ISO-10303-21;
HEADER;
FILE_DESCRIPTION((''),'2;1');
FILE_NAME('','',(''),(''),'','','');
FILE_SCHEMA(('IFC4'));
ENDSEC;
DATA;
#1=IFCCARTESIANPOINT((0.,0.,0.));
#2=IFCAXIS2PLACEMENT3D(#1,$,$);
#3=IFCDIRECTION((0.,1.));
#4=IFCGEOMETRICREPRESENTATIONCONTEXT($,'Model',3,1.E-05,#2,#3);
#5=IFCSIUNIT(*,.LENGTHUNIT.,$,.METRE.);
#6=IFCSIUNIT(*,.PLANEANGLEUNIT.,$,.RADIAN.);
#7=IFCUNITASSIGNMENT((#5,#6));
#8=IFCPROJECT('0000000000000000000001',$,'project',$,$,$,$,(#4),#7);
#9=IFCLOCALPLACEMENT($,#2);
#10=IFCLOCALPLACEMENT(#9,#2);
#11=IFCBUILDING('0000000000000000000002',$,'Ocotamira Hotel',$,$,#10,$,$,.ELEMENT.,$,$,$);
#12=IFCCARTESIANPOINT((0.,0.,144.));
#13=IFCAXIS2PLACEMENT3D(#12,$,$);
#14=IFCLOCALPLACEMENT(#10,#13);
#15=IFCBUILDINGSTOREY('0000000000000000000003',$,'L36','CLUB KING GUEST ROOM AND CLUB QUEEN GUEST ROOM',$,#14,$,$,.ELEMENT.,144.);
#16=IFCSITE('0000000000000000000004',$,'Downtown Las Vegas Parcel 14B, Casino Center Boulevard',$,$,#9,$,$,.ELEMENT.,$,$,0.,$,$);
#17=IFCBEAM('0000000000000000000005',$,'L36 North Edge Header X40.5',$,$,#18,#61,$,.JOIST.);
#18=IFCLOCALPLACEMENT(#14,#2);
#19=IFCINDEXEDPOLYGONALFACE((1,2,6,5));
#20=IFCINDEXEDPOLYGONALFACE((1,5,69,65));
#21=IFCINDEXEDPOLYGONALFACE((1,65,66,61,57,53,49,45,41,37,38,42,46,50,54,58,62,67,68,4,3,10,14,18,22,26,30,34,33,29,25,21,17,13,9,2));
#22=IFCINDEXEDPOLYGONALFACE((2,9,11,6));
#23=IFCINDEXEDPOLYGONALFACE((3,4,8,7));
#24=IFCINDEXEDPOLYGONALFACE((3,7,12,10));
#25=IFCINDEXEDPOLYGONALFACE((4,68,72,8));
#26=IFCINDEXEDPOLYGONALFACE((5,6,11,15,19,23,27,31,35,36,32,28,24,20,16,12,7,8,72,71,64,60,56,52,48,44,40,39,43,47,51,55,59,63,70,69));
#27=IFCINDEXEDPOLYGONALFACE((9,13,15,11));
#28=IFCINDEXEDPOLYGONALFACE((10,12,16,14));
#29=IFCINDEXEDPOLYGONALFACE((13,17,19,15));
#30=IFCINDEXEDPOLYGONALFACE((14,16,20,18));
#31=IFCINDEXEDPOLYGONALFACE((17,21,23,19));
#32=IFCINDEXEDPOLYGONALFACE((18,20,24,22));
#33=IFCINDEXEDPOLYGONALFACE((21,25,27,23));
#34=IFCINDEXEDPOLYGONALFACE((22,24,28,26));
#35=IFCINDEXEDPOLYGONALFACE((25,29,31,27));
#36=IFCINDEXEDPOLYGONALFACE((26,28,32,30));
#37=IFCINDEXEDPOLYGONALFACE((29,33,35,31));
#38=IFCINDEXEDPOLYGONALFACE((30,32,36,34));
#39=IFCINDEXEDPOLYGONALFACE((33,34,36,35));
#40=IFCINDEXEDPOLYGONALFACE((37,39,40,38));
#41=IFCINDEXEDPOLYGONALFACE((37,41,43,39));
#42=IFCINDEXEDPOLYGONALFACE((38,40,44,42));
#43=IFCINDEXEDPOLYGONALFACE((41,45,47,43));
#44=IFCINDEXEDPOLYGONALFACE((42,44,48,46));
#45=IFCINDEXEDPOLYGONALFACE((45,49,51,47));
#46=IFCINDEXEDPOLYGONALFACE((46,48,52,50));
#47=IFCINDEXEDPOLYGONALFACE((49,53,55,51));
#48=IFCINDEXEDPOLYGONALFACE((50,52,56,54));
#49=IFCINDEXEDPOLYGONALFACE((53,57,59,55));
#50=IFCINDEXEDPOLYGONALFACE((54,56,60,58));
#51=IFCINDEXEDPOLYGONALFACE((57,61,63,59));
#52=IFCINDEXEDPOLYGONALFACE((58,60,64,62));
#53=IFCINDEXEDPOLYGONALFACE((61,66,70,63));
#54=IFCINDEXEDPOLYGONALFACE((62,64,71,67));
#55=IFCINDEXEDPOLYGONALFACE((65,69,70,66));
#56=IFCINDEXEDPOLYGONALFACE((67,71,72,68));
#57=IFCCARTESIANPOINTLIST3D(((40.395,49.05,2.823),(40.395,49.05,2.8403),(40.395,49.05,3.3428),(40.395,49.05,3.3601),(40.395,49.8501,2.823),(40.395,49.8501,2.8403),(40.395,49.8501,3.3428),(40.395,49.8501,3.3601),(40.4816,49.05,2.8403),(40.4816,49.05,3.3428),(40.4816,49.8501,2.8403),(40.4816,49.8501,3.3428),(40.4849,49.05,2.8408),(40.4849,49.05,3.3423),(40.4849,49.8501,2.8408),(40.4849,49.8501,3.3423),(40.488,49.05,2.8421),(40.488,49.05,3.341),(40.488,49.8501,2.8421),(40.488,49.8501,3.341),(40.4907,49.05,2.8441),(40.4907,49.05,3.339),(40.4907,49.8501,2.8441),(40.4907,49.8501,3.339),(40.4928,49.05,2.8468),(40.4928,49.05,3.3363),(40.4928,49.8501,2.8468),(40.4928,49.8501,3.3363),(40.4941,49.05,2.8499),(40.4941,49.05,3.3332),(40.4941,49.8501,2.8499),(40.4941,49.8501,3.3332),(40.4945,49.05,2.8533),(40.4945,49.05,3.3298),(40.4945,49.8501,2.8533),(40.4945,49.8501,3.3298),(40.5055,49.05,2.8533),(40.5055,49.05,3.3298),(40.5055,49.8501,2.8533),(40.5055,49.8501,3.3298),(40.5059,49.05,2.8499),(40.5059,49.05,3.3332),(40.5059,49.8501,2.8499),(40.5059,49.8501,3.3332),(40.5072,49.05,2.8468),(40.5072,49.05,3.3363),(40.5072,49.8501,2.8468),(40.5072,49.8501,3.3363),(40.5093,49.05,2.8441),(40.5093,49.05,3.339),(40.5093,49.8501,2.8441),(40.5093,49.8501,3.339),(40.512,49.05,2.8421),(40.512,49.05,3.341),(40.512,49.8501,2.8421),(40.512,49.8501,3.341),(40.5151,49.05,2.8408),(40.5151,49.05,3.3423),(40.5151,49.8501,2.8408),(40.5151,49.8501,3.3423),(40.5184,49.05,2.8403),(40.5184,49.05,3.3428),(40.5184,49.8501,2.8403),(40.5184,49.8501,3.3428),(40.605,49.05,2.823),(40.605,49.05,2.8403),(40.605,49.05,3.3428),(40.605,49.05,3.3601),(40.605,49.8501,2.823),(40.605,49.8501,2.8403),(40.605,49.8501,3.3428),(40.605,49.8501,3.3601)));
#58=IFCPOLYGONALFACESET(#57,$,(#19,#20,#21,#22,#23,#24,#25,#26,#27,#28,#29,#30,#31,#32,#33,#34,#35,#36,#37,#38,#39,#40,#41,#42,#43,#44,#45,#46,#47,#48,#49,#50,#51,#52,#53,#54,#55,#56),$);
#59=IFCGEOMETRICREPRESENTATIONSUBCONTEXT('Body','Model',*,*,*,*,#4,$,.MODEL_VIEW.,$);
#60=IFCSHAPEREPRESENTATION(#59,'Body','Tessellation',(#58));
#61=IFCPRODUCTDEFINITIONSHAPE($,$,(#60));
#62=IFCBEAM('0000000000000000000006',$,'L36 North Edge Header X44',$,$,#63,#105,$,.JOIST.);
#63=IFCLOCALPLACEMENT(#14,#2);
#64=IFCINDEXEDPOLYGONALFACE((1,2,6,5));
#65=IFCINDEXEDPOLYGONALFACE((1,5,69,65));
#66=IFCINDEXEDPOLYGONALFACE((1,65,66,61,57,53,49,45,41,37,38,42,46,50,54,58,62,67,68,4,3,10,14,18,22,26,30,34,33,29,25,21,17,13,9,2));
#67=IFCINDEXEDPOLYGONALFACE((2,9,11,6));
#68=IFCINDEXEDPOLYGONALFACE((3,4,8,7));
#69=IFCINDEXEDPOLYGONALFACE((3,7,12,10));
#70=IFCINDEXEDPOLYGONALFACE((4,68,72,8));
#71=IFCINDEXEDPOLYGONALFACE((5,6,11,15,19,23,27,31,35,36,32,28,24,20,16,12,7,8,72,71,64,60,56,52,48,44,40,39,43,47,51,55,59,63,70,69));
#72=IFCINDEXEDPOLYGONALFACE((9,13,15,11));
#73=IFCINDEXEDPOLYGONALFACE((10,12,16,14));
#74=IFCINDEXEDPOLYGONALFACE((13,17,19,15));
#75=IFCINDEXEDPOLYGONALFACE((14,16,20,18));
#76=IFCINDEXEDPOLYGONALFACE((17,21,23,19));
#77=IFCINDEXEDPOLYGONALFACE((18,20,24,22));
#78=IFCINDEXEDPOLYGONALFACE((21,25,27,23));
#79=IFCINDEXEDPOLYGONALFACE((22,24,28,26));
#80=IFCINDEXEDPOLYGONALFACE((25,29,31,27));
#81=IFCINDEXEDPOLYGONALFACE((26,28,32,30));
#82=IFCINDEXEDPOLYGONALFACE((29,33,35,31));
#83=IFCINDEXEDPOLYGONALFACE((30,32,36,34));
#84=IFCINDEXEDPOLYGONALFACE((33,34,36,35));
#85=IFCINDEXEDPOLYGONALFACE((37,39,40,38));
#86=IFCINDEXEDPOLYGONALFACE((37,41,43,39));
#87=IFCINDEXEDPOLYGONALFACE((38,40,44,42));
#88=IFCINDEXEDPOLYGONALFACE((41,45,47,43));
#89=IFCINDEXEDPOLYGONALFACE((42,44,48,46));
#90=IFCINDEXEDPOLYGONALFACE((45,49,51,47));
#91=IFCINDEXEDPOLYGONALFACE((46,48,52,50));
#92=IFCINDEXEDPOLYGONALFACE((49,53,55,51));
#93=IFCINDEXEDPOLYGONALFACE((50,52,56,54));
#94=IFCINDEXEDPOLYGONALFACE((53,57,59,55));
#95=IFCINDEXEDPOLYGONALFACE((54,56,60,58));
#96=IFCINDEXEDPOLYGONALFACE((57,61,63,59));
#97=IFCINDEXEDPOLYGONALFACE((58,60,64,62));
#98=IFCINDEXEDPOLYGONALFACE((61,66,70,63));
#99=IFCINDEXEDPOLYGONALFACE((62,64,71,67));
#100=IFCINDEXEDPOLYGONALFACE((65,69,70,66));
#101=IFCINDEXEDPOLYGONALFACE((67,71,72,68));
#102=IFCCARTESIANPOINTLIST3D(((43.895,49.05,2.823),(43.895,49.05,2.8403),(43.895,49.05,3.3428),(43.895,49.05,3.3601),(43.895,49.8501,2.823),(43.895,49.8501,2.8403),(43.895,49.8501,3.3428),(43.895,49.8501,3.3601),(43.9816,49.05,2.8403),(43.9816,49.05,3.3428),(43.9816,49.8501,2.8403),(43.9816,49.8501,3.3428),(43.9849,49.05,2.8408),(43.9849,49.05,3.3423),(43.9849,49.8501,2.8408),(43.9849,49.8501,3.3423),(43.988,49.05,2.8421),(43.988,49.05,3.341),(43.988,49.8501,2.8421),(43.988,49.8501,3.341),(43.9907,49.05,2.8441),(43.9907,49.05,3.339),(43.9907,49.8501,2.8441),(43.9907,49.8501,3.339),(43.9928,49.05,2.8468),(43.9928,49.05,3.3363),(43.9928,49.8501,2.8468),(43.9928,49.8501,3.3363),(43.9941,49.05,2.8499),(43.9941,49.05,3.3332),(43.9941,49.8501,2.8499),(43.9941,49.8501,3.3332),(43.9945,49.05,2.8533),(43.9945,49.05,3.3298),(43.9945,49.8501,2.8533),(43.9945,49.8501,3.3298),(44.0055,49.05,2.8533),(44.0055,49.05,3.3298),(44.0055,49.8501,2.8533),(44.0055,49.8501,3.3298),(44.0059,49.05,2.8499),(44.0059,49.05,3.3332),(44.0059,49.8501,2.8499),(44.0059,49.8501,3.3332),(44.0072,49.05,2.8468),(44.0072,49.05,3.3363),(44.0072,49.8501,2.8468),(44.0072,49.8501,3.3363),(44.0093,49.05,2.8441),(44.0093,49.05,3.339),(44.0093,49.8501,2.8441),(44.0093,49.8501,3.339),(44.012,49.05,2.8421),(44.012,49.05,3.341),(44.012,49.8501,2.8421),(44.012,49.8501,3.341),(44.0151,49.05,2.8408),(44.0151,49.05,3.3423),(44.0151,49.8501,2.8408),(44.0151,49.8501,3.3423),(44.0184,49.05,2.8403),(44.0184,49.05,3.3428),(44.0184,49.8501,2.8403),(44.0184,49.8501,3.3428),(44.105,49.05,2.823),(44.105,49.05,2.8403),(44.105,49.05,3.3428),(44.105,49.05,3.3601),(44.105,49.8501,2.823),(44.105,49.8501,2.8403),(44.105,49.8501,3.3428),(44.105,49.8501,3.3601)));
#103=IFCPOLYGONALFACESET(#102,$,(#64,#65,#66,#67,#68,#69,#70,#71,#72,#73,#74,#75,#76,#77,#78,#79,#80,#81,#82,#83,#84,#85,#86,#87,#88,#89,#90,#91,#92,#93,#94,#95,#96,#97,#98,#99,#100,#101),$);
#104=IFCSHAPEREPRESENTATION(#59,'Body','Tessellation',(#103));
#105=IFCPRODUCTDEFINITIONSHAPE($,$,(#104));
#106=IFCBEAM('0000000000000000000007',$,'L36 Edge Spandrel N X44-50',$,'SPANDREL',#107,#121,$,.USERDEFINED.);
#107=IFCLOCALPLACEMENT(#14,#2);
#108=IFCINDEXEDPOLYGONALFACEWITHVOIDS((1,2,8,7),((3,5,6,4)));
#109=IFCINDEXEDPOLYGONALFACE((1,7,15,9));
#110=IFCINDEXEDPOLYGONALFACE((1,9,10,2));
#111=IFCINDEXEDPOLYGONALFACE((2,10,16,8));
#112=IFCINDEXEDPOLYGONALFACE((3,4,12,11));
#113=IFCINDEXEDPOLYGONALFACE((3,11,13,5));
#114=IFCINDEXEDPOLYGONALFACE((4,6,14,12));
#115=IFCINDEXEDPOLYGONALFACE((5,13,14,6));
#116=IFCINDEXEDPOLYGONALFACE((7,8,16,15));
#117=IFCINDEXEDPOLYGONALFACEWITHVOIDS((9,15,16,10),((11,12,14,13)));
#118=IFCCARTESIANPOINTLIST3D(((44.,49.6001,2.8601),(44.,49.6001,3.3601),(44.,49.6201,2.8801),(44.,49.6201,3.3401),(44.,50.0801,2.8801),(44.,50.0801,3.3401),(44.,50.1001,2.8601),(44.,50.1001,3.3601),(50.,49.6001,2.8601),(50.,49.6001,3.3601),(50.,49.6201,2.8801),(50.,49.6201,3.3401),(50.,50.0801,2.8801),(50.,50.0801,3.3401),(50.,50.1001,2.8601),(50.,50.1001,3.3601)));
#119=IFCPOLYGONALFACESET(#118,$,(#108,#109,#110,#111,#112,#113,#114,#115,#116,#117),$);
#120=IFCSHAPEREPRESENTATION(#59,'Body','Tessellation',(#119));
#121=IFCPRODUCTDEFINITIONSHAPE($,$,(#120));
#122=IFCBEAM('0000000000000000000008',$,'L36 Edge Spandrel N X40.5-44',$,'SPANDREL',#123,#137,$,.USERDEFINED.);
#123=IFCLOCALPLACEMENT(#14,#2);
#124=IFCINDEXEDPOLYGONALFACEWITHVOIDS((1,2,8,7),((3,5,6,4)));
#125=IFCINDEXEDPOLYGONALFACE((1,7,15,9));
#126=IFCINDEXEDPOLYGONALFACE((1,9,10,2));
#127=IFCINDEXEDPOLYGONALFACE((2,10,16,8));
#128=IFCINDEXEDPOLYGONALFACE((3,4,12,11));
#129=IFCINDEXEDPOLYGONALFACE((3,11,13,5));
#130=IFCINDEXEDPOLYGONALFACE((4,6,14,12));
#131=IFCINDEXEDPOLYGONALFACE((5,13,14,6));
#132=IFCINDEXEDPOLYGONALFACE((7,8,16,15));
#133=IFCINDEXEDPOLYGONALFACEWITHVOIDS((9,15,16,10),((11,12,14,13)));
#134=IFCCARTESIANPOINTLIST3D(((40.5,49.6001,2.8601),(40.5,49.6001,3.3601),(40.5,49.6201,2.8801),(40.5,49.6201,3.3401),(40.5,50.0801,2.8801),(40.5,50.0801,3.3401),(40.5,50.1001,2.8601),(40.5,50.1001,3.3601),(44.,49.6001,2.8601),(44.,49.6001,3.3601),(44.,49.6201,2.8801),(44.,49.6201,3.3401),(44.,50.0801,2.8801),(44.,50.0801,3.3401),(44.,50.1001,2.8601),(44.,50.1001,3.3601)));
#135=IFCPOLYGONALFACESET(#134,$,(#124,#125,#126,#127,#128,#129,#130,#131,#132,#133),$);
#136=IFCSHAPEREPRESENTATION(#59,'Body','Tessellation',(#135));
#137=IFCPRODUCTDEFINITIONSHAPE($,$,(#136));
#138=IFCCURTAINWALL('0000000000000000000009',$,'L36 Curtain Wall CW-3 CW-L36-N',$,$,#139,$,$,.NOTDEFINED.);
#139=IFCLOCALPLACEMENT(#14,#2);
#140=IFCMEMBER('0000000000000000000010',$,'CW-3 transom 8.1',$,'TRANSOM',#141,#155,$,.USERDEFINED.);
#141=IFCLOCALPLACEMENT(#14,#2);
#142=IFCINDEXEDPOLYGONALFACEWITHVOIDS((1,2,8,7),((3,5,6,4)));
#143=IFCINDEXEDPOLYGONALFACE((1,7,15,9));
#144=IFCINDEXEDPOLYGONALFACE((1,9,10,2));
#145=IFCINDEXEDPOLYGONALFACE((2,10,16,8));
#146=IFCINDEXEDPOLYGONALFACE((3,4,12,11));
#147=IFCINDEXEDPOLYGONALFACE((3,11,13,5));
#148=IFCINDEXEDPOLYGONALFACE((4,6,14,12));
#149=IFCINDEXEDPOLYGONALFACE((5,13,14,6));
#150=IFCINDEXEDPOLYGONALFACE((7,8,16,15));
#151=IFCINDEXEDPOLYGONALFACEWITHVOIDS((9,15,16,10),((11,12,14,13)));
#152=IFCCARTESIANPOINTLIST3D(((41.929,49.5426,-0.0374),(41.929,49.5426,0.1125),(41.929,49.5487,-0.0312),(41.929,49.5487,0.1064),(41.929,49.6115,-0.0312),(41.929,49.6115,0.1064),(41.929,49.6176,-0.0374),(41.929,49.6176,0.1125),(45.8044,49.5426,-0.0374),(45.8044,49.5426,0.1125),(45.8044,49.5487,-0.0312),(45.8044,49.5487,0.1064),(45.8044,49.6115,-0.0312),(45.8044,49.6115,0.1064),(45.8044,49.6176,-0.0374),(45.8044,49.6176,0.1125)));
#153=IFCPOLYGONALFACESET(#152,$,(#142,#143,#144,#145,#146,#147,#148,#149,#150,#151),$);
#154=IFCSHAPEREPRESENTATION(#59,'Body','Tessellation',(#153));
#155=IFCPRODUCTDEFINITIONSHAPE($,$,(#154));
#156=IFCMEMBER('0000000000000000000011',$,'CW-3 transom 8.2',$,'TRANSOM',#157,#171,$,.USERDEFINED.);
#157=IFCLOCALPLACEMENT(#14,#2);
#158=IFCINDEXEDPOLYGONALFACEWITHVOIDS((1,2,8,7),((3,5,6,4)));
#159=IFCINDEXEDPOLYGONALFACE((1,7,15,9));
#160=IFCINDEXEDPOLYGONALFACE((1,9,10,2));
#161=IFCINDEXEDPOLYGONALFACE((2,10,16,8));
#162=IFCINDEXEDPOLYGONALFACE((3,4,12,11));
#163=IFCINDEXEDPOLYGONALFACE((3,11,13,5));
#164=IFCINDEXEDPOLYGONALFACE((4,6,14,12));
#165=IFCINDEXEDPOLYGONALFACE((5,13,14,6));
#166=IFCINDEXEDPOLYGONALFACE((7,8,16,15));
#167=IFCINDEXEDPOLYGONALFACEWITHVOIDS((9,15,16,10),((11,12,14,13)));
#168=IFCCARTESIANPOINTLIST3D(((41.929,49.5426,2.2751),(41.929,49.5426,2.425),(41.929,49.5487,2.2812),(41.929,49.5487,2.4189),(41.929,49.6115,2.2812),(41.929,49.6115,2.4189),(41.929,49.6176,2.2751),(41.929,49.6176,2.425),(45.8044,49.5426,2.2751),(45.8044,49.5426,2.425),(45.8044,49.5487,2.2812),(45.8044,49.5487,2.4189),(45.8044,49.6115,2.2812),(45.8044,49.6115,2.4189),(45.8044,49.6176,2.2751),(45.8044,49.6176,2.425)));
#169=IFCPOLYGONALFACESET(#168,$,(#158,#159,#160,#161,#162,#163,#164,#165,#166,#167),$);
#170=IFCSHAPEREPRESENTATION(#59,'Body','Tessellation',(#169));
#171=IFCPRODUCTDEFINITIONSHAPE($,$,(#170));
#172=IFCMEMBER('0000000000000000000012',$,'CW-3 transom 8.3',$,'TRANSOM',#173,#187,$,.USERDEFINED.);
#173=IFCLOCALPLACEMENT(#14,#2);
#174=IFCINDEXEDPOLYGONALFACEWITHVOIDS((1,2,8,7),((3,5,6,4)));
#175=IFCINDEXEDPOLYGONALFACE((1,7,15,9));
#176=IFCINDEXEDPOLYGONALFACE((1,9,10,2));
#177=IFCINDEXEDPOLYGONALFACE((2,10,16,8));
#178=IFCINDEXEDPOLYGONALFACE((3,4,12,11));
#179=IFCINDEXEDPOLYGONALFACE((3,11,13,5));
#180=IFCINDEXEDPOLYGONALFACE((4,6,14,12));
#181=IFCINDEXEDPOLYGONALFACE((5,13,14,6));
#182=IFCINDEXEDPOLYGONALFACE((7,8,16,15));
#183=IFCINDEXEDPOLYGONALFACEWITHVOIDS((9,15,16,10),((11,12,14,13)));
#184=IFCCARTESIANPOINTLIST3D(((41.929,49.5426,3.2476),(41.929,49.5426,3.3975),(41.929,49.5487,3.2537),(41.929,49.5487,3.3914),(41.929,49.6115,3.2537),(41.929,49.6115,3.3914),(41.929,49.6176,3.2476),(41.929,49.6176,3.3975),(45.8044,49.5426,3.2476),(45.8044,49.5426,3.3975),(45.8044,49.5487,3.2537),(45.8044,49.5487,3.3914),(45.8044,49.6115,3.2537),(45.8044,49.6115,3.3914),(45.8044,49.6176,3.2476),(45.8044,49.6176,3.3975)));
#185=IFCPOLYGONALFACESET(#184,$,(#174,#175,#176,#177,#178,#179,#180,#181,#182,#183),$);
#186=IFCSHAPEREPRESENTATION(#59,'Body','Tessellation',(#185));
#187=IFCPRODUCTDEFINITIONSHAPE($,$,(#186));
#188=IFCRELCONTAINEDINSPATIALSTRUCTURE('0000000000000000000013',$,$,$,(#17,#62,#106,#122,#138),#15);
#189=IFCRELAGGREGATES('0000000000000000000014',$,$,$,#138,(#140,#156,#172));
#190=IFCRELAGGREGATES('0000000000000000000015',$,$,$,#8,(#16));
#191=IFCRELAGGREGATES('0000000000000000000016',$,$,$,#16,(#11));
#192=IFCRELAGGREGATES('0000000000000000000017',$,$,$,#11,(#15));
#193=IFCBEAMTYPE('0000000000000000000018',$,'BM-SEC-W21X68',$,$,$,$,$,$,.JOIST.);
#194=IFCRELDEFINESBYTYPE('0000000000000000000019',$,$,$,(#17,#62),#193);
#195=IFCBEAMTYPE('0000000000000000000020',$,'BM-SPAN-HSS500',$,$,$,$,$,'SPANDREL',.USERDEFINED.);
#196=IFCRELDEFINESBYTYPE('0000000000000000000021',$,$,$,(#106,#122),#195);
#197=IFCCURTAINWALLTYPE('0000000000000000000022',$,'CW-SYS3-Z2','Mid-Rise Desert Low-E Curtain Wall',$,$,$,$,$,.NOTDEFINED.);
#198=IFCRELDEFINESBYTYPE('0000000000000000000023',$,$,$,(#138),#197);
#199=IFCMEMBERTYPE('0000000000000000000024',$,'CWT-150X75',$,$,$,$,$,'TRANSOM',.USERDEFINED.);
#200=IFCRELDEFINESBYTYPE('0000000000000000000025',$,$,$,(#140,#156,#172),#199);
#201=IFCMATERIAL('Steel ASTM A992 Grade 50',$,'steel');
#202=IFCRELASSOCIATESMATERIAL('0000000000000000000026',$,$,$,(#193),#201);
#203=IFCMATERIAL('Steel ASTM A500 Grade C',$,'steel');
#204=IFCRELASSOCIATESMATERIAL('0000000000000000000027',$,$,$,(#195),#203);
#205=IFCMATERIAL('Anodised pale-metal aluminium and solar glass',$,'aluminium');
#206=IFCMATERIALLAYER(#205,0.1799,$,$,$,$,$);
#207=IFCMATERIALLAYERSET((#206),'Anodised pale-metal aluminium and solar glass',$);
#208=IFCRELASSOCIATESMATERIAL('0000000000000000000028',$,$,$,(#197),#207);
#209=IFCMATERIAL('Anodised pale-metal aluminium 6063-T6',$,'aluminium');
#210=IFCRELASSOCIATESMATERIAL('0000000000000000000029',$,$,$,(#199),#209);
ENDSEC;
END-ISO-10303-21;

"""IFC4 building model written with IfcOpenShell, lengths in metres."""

from ifc_helpers import new_model, si_unit, direction, frame, origin, origin_2d, place, context, subcontext, project, spatial, hollow_rectangle, i_section, extrude, source, transform, mapped, material, layer, layer_set, material_profile, profile_set, type_object, element, aggregate, save


model = new_model("IFC4")

# Units and contexts
model_context = context("Model", 3, precision=1e-05, world=origin(), true_north=direction((0.0, 1.0)))
body_context = subcontext(model_context, "Body", "Model", "MODEL_VIEW")
ifc_project = project(units=[si_unit("LENGTHUNIT", "METRE"), si_unit("PLANEANGLEUNIT", "RADIAN")], contexts=[model_context])

# Site, building, storey
site_placement = place(None, origin())
site = spatial("IfcSite", under=ifc_project, at=site_placement, Name="Downtown Las Vegas Parcel 14B, Casino Center Boulevard", CompositionType="ELEMENT", RefElevation=0.0)
building_placement = place(site_placement, origin())
building = spatial("IfcBuilding", under=site, at=building_placement, Name="Ocotamira Hotel", CompositionType="ELEMENT")
storey_placement = place(building_placement, frame((0.0, 0.0, 144.0)))
storey = spatial("IfcBuildingStorey", under=building, at=storey_placement, Name="L36", Description="CLUB KING GUEST ROOM AND CLUB QUEEN GUEST ROOM", CompositionType="ELEMENT", Elevation=144.0)

# Beams
ifc_material_1 = material(Name="Steel ASTM A992 Grade 50", Category="steel")
ifc_material_profile_1 = material_profile(ifc_material_1, i_section(OverallWidth=0.21, OverallDepth=0.5371, WebThickness=0.011, FlangeThickness=0.0173, FilletRadius=0.0129, at=origin_2d()), Name="W21X68")
ifc_profile_set_1 = profile_set([ifc_material_profile_1], Name="Steel ASTM A992 Grade 50")
beam_type_1 = type_object("IfcBeamType", Name="BM-SEC-W21X68", PredefinedType="JOIST", material=ifc_profile_set_1)
shared_shape_1 = source(origin(), body_context, "Body", "SweptSolid", [
    extrude(i_section(OverallWidth=0.21, OverallDepth=0.5371, WebThickness=0.011, FlangeThickness=0.0173, FilletRadius=0.0129, at=origin_2d()), origin(), (0.0, 0.0, 1.0), 0.8),
])
for number, where, z_axis, x_axis, name in (
    (1, (40.5, 49.05, 3.0916), (0.0, 1.0, 0.0), (-1.0, 0.0, 0.0), "L36 North Edge Header X40.5"),
    (2, (44.0, 49.05, 3.0916), (0.0, 1.0, 0.0), (-1.0, 0.0, 0.0), "L36 North Edge Header X44"),
):
    element("IfcBeam", number, at=place(storey_placement, frame(where, z_axis=z_axis, x_axis=x_axis)), inside=storey, type_object=beam_type_1, Name=name, PredefinedType="JOIST", context=body_context, shape_type="MappedRepresentation", body=[
        mapped(shared_shape_1, transform((0.0, 0.0, 0.0), scale=1.0)),
    ])
ifc_material_2 = material(Name="Steel ASTM A500 Grade C", Category="steel")
ifc_material_profile_2 = material_profile(ifc_material_2, hollow_rectangle(XDim=0.5, YDim=0.5, WallThickness=0.02, at=origin_2d()), Name="HSS500X500X20")
ifc_profile_set_2 = profile_set([ifc_material_profile_2], Name="Steel ASTM A500 Grade C")
beam_type_2 = type_object("IfcBeamType", Name="BM-SPAN-HSS500", ElementType="SPANDREL", PredefinedType="USERDEFINED", material=ifc_profile_set_2)
shared_shape_2 = source(origin(), body_context, "Body", "SweptSolid", [
    extrude(hollow_rectangle(XDim=0.5, YDim=0.5, WallThickness=0.02, at=origin_2d()), origin(), (0.0, 0.0, 1.0), 6.0),
])
beam_1_placement = place(storey_placement, frame((44.0, 49.8501, 3.1101), z_axis=(1.0, 0.0, 0.0), x_axis=(0.0, 1.0, 0.0)))
element("IfcBeam", 3, at=beam_1_placement, inside=storey, type_object=beam_type_2, Name="L36 Edge Spandrel N X44-50", ObjectType="SPANDREL", PredefinedType="USERDEFINED", context=body_context, shape_type="MappedRepresentation", body=[
    mapped(shared_shape_2, transform((0.0, 0.0, 0.0), scale=1.0)),
])
shared_shape_3 = source(origin(), body_context, "Body", "SweptSolid", [
    extrude(hollow_rectangle(XDim=0.5, YDim=0.5, WallThickness=0.02, at=origin_2d()), origin(), (0.0, 0.0, 1.0), 3.5),
])
beam_2_placement = place(storey_placement, frame((40.5, 49.8501, 3.1101), z_axis=(1.0, 0.0, 0.0), x_axis=(0.0, 1.0, 0.0)))
element("IfcBeam", 4, at=beam_2_placement, inside=storey, type_object=beam_type_2, Name="L36 Edge Spandrel N X40.5-44", ObjectType="SPANDREL", PredefinedType="USERDEFINED", context=body_context, shape_type="MappedRepresentation", body=[
    mapped(shared_shape_3, transform((0.0, 0.0, 0.0), scale=1.0)),
])

# Curtain wall, members
ifc_material_3 = material(Name="Anodised pale-metal aluminium and solar glass", Category="aluminium")
ifc_layer_1 = layer(ifc_material_3, 0.1799)
ifc_layer_set_1 = layer_set([ifc_layer_1], Name="Anodised pale-metal aluminium and solar glass")
curtain_wall_type = type_object("IfcCurtainWallType", Name="CW-SYS3-Z2", Description="Mid-Rise Desert Low-E Curtain Wall", PredefinedType="NOTDEFINED", material=ifc_layer_set_1)
curtain_wall_placement = place(storey_placement, origin())
curtain_wall = element("IfcCurtainWall", 5, at=curtain_wall_placement, inside=storey, type_object=curtain_wall_type, Name="L36 Curtain Wall CW-3 CW-L36-N", PredefinedType="NOTDEFINED")
ifc_material_4 = material(Name="Anodised pale-metal aluminium 6063-T6", Category="aluminium")
ifc_material_profile_3 = material_profile(ifc_material_4, hollow_rectangle(XDim=0.075, YDim=0.1499, WallThickness=0.0061, at=origin_2d()), Name="HSS150X75X6")
ifc_profile_set_3 = profile_set([ifc_material_profile_3], Name="Anodised pale-metal aluminium 6063-T6")
member_type_1 = type_object("IfcMemberType", Name="CWT-150X75", ElementType="TRANSOM", PredefinedType="USERDEFINED", material=ifc_profile_set_3)
shared_shape_4 = source(origin(), body_context, "Body", "SweptSolid", [
    extrude(hollow_rectangle(XDim=0.075, YDim=0.1499, WallThickness=0.0061, at=origin_2d()), origin(), (0.0, 0.0, 1.0), 3.8755),
])
member_1_placement = place(storey_placement, frame((41.929, 49.5801, 0.0376), z_axis=(1.0, 0.0, 0.0), x_axis=(0.0, 1.0, 0.0)))
member_1 = element("IfcMember", 6, at=member_1_placement, type_object=member_type_1, Name="CW-3 transom 8.1", ObjectType="TRANSOM", PredefinedType="USERDEFINED", context=body_context, shape_type="MappedRepresentation", body=[
    mapped(shared_shape_4, transform((0.0, 0.0, 0.0), scale=1.0)),
])
member_2_placement = place(storey_placement, frame((41.929, 49.5801, 2.3501), z_axis=(1.0, 0.0, 0.0), x_axis=(0.0, 1.0, 0.0)))
member_2 = element("IfcMember", 7, at=member_2_placement, type_object=member_type_1, Name="CW-3 transom 8.2", ObjectType="TRANSOM", PredefinedType="USERDEFINED", context=body_context, shape_type="MappedRepresentation", body=[
    mapped(shared_shape_4, transform((0.0, 0.0, 0.0), scale=1.0)),
])
member_3_placement = place(storey_placement, frame((41.929, 49.5801, 3.3225), z_axis=(1.0, 0.0, 0.0), x_axis=(0.0, 1.0, 0.0)))
member_3 = element("IfcMember", 8, at=member_3_placement, type_object=member_type_1, Name="CW-3 transom 8.3", ObjectType="TRANSOM", PredefinedType="USERDEFINED", context=body_context, shape_type="MappedRepresentation", body=[
    mapped(shared_shape_4, transform((0.0, 0.0, 0.0), scale=1.0)),
])

aggregate(curtain_wall, [member_1, member_2, member_3])

save(model, "model.ifc")
